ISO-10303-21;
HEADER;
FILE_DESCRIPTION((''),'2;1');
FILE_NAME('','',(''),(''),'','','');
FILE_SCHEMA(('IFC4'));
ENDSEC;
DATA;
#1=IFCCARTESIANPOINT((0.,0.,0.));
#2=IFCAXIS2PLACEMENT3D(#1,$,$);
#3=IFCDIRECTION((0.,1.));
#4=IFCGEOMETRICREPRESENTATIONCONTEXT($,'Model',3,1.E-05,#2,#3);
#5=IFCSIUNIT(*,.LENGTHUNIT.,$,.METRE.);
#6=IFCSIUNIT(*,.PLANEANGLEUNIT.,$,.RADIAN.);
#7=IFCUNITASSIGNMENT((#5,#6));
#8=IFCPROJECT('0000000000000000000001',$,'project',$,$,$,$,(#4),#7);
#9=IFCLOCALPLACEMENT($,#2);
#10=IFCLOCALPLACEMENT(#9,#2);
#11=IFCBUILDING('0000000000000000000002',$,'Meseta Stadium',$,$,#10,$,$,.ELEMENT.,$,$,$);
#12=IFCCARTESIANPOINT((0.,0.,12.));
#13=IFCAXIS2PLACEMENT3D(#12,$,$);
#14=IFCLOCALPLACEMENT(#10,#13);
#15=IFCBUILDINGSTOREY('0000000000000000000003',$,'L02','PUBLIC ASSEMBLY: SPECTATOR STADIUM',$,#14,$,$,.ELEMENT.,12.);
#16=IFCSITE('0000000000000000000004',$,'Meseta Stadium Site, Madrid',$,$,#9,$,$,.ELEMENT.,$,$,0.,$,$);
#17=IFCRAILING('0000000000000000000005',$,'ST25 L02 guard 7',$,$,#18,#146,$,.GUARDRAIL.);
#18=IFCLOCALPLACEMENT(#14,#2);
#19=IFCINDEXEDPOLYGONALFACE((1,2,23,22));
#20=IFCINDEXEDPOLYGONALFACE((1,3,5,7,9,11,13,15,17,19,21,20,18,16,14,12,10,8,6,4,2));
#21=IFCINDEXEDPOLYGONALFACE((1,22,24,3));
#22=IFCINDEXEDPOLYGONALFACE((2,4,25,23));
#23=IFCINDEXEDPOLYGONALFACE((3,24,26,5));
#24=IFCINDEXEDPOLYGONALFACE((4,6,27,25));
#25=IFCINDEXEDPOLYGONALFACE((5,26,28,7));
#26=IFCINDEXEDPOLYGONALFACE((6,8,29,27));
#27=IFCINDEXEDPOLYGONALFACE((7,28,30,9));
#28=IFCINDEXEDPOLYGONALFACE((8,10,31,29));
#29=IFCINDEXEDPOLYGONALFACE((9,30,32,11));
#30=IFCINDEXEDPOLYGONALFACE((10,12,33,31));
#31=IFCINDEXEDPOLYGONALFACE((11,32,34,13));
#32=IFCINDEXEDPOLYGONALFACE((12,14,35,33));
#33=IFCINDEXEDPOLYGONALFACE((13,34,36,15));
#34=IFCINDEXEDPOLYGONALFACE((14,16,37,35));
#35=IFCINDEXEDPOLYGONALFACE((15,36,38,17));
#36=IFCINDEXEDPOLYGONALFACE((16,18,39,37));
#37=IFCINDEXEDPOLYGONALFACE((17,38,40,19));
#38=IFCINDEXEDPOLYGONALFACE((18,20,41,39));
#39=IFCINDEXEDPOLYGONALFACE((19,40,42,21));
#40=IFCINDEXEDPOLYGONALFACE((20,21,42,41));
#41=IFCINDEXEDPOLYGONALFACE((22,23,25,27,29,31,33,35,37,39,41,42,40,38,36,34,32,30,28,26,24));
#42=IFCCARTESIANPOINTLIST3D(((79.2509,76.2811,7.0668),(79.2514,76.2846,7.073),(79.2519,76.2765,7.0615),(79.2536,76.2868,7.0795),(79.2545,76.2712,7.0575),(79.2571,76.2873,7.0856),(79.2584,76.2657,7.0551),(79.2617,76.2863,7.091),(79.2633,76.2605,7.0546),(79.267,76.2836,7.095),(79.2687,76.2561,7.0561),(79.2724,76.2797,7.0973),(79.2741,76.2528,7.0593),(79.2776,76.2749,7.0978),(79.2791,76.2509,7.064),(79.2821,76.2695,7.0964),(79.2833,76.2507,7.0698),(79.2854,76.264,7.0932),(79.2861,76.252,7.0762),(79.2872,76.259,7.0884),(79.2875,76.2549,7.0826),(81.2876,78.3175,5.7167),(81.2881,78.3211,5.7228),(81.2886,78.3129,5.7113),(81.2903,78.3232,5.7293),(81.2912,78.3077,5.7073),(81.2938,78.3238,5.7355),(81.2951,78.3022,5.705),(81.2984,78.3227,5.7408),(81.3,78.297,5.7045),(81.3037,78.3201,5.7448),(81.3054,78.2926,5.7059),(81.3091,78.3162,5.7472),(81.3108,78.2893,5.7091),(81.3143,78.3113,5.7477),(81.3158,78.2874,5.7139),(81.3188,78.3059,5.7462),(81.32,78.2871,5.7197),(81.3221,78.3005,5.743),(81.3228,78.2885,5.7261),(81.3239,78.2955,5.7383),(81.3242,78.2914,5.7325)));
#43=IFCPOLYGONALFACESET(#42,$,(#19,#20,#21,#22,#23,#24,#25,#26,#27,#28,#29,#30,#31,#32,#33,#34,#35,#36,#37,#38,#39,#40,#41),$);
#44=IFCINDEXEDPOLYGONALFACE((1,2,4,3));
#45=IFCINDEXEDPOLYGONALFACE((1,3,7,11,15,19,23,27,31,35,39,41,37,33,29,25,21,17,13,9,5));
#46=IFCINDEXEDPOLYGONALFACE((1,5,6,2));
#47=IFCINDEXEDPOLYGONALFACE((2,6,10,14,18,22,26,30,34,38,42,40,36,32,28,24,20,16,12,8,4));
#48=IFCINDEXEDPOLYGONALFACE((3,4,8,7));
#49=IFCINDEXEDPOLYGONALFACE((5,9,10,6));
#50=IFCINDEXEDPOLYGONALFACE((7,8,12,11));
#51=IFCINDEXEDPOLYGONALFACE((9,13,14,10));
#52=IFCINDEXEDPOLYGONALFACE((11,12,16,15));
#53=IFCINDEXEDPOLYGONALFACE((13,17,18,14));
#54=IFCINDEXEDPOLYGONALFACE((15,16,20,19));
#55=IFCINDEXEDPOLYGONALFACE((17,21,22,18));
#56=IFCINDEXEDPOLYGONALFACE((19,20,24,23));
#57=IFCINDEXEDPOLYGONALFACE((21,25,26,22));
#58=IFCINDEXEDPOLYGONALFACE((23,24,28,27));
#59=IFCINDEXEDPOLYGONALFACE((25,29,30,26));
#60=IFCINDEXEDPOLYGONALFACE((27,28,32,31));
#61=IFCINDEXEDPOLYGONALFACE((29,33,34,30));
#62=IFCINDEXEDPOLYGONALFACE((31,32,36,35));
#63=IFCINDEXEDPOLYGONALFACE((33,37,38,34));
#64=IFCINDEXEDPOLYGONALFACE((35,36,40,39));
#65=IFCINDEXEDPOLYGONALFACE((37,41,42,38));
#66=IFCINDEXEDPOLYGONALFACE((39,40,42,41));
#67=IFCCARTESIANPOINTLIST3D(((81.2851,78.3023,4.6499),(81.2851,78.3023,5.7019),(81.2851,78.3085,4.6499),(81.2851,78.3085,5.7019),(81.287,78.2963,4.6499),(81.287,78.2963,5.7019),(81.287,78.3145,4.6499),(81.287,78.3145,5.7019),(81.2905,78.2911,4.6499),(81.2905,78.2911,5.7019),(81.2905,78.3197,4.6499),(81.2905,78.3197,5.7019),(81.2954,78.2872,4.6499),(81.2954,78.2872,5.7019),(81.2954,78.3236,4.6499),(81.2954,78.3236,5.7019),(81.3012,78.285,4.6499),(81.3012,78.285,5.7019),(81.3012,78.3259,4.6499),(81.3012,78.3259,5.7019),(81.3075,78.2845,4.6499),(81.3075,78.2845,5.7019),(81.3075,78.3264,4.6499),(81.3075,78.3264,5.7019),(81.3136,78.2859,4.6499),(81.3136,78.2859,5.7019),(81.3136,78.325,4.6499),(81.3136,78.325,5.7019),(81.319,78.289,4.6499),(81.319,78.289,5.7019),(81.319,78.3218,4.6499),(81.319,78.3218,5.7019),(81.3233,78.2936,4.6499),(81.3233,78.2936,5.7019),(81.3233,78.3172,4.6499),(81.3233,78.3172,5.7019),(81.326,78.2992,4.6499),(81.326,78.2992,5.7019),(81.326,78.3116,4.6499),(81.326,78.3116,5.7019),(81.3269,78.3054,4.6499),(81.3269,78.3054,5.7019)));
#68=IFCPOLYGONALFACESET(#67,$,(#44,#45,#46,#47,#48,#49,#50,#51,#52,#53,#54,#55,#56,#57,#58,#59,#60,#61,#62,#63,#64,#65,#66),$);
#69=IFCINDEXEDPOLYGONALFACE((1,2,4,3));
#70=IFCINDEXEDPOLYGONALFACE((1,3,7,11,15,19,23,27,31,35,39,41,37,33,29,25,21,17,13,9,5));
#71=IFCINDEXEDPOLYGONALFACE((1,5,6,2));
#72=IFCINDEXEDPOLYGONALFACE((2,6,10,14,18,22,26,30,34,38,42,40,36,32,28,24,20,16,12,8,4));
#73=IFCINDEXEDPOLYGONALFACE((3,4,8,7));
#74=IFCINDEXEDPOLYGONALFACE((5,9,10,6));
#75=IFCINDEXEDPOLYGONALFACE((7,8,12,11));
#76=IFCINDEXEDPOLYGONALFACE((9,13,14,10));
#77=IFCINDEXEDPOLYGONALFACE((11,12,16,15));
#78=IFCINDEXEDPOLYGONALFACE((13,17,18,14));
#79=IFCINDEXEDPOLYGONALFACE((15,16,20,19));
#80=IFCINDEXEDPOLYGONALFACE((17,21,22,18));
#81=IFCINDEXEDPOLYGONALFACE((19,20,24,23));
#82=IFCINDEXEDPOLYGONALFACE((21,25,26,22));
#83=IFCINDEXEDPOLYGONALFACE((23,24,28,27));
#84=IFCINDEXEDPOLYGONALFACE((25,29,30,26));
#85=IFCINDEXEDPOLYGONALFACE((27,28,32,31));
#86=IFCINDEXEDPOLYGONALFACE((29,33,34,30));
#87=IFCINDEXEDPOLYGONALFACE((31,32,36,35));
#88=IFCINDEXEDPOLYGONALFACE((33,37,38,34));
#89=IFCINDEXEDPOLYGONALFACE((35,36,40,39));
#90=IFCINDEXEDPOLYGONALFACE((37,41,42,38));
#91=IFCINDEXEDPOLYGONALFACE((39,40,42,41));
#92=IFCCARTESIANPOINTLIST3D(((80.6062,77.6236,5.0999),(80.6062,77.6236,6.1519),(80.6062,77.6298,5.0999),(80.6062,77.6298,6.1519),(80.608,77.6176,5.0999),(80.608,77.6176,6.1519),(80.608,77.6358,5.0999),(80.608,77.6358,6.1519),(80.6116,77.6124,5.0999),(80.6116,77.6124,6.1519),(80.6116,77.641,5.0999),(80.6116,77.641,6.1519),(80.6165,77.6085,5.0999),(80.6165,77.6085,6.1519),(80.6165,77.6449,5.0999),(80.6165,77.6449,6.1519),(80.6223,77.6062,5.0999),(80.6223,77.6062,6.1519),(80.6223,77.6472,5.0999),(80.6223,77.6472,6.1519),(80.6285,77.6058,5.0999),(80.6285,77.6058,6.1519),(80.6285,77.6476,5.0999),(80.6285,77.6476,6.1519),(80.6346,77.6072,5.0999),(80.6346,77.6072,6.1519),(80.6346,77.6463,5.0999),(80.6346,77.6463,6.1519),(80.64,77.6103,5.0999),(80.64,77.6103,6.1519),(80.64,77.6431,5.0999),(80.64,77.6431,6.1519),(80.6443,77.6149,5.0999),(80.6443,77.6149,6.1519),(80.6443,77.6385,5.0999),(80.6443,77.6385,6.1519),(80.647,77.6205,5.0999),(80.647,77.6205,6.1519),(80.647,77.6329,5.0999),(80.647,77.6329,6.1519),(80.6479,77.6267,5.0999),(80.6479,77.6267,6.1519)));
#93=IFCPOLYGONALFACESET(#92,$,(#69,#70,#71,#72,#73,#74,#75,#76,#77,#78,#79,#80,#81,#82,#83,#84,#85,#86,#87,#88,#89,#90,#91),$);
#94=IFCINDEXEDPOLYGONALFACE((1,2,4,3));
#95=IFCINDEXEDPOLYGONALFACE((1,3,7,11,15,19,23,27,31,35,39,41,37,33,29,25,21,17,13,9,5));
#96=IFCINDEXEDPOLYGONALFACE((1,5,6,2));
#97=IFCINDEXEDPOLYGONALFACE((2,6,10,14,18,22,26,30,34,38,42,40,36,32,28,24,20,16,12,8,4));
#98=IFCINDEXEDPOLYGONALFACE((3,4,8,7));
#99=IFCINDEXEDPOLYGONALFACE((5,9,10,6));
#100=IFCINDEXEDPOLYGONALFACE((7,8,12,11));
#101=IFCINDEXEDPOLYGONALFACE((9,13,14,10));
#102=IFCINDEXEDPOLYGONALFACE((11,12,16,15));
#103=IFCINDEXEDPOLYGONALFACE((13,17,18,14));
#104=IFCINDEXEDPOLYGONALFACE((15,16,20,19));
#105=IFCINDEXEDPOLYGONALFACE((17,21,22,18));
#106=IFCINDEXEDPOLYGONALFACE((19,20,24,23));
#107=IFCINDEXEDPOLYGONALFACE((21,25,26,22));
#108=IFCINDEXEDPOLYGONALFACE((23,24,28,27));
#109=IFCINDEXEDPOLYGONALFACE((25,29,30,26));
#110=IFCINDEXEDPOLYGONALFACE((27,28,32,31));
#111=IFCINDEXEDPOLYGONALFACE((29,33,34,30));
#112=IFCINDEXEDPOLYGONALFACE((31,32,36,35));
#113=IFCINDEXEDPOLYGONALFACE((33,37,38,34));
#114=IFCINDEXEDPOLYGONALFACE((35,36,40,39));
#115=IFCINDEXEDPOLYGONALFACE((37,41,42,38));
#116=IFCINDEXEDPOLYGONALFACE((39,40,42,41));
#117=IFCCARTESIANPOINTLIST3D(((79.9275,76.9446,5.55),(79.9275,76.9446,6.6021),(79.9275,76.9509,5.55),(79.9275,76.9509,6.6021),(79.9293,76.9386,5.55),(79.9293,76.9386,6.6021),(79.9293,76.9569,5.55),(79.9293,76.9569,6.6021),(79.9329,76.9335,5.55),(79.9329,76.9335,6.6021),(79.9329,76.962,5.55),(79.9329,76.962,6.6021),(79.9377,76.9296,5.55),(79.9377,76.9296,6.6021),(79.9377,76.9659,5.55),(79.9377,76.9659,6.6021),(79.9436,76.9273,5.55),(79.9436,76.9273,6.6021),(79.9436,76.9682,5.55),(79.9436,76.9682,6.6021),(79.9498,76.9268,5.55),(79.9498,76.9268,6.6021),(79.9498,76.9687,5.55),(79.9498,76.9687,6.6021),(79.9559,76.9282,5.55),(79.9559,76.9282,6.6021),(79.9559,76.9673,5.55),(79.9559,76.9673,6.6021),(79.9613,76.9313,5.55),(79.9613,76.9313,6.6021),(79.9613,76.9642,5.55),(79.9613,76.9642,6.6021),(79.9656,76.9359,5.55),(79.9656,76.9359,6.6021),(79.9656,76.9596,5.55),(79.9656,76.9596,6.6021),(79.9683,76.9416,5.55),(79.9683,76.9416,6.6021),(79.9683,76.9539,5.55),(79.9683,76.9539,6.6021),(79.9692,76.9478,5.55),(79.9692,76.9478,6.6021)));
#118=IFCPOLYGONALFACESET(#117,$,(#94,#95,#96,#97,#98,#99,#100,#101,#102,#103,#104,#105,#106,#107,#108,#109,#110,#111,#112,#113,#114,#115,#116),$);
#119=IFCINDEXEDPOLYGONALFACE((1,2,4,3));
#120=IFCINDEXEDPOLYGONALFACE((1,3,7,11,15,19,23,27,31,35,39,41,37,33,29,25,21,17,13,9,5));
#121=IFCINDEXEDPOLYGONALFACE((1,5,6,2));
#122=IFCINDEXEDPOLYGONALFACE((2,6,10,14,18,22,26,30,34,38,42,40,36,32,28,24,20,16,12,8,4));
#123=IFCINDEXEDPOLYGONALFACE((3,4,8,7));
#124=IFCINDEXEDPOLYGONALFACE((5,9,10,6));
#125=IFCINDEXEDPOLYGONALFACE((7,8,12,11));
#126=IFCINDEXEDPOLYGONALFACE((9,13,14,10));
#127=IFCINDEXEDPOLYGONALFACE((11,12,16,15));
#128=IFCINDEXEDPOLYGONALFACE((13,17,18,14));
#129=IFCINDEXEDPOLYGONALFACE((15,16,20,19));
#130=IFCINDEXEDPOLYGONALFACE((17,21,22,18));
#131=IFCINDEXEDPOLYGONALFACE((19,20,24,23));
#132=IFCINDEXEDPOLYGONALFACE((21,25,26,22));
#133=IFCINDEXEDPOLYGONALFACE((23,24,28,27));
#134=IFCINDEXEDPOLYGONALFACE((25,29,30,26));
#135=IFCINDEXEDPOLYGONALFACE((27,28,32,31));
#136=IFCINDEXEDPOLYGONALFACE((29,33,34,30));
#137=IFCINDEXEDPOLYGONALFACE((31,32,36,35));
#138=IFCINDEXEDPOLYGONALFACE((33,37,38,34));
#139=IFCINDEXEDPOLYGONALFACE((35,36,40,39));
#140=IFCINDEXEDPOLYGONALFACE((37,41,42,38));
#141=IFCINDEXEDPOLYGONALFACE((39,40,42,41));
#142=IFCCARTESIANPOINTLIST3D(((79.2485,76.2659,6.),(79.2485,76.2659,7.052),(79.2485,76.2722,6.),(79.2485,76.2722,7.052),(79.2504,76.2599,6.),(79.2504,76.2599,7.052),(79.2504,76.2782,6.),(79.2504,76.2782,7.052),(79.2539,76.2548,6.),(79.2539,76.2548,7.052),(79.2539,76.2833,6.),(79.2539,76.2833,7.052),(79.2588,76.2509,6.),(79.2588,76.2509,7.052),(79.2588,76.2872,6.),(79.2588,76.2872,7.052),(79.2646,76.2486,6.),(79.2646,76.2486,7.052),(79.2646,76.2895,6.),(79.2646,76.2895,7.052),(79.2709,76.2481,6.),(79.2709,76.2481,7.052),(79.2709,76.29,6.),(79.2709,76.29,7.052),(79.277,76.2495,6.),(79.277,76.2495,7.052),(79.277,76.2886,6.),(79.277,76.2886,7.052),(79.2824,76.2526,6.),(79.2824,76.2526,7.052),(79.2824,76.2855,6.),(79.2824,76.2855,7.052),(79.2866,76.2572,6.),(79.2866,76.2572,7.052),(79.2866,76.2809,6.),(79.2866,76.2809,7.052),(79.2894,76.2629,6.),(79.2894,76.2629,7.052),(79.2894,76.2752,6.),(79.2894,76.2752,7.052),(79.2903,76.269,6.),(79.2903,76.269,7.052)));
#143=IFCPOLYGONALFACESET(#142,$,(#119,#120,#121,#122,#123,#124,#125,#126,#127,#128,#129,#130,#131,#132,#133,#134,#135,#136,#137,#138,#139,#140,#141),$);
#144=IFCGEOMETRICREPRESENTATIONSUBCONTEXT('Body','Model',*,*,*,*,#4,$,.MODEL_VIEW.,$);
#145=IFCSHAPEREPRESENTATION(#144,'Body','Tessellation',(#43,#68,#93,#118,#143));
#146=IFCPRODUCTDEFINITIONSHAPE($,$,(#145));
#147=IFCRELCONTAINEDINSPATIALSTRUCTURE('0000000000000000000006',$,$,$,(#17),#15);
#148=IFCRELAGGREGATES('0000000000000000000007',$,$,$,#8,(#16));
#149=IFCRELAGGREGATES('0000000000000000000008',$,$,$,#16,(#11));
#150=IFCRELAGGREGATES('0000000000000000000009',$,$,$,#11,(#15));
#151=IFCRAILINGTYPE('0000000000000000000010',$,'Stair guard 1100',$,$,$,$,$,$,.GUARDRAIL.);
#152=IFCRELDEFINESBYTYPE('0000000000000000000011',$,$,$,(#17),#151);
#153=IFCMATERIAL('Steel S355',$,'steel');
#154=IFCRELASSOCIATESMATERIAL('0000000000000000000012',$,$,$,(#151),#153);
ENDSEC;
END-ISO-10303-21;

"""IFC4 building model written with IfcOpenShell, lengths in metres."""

from ifc_helpers import new_model, si_unit, direction, frame, origin, origin_2d, place, context, subcontext, project, spatial, circle, extrude, material, type_object, element, save


model = new_model("IFC4")

# Units and contexts
model_context = context("Model", 3, precision=1e-05, world=origin(), true_north=direction((0.0, 1.0)))
body_context = subcontext(model_context, "Body", "Model", "MODEL_VIEW")
ifc_project = project(units=[si_unit("LENGTHUNIT", "METRE"), si_unit("PLANEANGLEUNIT", "RADIAN")], contexts=[model_context])

# Site, building, storey
site_placement = place(None, origin())
site = spatial("IfcSite", under=ifc_project, at=site_placement, Name="Meseta Stadium Site, Madrid", CompositionType="ELEMENT", RefElevation=0.0)
building_placement = place(site_placement, origin())
building = spatial("IfcBuilding", under=site, at=building_placement, Name="Meseta Stadium", CompositionType="ELEMENT")
storey_placement = place(building_placement, frame((0.0, 0.0, 12.0)))
storey = spatial("IfcBuildingStorey", under=building, at=storey_placement, Name="L02", Description="PUBLIC ASSEMBLY: SPECTATOR STADIUM", CompositionType="ELEMENT", Elevation=12.0)

# Railing
ifc_material_1 = material(Name="Steel S355", Category="steel")
railing_type_1 = type_object("IfcRailingType", Name="Stair guard 1100", PredefinedType="GUARDRAIL", material=ifc_material_1)
railing_1_placement = place(storey_placement, frame((81.3059, 78.3054, 4.6499)))
element("IfcRailing", 1, at=railing_1_placement, inside=storey, type_object=railing_type_1, Name="ST25 L02 guard 7", PredefinedType="GUARDRAIL", context=body_context, shape_type="SweptSolid", body=[
    extrude(circle(Radius=0.0239, at=origin_2d()), frame((0.0, 0.0, 1.0762), z_axis=(-0.640288, -0.640211, 0.424454), x_axis=(0.707064, -0.707149, 0.0)), (0.0, 0.0, 1.0), 3.1809),
    extrude(circle(Radius=0.021, at=origin_2d()), origin(), (0.0, 0.0, 1.0), 1.052),
    extrude(circle(Radius=0.021, at=origin_2d()), frame((-0.679, -0.6787, 0.45)), (0.0, 0.0, 1.0), 1.052),
    extrude(circle(Radius=0.021, at=origin_2d()), frame((-1.3577, -1.3577, 0.9001)), (0.0, 0.0, 1.0), 1.052),
    extrude(circle(Radius=0.021, at=origin_2d()), frame((-2.0366, -2.0364, 1.3501)), (0.0, 0.0, 1.0), 1.052),
])

save(model, "model.ifc")
